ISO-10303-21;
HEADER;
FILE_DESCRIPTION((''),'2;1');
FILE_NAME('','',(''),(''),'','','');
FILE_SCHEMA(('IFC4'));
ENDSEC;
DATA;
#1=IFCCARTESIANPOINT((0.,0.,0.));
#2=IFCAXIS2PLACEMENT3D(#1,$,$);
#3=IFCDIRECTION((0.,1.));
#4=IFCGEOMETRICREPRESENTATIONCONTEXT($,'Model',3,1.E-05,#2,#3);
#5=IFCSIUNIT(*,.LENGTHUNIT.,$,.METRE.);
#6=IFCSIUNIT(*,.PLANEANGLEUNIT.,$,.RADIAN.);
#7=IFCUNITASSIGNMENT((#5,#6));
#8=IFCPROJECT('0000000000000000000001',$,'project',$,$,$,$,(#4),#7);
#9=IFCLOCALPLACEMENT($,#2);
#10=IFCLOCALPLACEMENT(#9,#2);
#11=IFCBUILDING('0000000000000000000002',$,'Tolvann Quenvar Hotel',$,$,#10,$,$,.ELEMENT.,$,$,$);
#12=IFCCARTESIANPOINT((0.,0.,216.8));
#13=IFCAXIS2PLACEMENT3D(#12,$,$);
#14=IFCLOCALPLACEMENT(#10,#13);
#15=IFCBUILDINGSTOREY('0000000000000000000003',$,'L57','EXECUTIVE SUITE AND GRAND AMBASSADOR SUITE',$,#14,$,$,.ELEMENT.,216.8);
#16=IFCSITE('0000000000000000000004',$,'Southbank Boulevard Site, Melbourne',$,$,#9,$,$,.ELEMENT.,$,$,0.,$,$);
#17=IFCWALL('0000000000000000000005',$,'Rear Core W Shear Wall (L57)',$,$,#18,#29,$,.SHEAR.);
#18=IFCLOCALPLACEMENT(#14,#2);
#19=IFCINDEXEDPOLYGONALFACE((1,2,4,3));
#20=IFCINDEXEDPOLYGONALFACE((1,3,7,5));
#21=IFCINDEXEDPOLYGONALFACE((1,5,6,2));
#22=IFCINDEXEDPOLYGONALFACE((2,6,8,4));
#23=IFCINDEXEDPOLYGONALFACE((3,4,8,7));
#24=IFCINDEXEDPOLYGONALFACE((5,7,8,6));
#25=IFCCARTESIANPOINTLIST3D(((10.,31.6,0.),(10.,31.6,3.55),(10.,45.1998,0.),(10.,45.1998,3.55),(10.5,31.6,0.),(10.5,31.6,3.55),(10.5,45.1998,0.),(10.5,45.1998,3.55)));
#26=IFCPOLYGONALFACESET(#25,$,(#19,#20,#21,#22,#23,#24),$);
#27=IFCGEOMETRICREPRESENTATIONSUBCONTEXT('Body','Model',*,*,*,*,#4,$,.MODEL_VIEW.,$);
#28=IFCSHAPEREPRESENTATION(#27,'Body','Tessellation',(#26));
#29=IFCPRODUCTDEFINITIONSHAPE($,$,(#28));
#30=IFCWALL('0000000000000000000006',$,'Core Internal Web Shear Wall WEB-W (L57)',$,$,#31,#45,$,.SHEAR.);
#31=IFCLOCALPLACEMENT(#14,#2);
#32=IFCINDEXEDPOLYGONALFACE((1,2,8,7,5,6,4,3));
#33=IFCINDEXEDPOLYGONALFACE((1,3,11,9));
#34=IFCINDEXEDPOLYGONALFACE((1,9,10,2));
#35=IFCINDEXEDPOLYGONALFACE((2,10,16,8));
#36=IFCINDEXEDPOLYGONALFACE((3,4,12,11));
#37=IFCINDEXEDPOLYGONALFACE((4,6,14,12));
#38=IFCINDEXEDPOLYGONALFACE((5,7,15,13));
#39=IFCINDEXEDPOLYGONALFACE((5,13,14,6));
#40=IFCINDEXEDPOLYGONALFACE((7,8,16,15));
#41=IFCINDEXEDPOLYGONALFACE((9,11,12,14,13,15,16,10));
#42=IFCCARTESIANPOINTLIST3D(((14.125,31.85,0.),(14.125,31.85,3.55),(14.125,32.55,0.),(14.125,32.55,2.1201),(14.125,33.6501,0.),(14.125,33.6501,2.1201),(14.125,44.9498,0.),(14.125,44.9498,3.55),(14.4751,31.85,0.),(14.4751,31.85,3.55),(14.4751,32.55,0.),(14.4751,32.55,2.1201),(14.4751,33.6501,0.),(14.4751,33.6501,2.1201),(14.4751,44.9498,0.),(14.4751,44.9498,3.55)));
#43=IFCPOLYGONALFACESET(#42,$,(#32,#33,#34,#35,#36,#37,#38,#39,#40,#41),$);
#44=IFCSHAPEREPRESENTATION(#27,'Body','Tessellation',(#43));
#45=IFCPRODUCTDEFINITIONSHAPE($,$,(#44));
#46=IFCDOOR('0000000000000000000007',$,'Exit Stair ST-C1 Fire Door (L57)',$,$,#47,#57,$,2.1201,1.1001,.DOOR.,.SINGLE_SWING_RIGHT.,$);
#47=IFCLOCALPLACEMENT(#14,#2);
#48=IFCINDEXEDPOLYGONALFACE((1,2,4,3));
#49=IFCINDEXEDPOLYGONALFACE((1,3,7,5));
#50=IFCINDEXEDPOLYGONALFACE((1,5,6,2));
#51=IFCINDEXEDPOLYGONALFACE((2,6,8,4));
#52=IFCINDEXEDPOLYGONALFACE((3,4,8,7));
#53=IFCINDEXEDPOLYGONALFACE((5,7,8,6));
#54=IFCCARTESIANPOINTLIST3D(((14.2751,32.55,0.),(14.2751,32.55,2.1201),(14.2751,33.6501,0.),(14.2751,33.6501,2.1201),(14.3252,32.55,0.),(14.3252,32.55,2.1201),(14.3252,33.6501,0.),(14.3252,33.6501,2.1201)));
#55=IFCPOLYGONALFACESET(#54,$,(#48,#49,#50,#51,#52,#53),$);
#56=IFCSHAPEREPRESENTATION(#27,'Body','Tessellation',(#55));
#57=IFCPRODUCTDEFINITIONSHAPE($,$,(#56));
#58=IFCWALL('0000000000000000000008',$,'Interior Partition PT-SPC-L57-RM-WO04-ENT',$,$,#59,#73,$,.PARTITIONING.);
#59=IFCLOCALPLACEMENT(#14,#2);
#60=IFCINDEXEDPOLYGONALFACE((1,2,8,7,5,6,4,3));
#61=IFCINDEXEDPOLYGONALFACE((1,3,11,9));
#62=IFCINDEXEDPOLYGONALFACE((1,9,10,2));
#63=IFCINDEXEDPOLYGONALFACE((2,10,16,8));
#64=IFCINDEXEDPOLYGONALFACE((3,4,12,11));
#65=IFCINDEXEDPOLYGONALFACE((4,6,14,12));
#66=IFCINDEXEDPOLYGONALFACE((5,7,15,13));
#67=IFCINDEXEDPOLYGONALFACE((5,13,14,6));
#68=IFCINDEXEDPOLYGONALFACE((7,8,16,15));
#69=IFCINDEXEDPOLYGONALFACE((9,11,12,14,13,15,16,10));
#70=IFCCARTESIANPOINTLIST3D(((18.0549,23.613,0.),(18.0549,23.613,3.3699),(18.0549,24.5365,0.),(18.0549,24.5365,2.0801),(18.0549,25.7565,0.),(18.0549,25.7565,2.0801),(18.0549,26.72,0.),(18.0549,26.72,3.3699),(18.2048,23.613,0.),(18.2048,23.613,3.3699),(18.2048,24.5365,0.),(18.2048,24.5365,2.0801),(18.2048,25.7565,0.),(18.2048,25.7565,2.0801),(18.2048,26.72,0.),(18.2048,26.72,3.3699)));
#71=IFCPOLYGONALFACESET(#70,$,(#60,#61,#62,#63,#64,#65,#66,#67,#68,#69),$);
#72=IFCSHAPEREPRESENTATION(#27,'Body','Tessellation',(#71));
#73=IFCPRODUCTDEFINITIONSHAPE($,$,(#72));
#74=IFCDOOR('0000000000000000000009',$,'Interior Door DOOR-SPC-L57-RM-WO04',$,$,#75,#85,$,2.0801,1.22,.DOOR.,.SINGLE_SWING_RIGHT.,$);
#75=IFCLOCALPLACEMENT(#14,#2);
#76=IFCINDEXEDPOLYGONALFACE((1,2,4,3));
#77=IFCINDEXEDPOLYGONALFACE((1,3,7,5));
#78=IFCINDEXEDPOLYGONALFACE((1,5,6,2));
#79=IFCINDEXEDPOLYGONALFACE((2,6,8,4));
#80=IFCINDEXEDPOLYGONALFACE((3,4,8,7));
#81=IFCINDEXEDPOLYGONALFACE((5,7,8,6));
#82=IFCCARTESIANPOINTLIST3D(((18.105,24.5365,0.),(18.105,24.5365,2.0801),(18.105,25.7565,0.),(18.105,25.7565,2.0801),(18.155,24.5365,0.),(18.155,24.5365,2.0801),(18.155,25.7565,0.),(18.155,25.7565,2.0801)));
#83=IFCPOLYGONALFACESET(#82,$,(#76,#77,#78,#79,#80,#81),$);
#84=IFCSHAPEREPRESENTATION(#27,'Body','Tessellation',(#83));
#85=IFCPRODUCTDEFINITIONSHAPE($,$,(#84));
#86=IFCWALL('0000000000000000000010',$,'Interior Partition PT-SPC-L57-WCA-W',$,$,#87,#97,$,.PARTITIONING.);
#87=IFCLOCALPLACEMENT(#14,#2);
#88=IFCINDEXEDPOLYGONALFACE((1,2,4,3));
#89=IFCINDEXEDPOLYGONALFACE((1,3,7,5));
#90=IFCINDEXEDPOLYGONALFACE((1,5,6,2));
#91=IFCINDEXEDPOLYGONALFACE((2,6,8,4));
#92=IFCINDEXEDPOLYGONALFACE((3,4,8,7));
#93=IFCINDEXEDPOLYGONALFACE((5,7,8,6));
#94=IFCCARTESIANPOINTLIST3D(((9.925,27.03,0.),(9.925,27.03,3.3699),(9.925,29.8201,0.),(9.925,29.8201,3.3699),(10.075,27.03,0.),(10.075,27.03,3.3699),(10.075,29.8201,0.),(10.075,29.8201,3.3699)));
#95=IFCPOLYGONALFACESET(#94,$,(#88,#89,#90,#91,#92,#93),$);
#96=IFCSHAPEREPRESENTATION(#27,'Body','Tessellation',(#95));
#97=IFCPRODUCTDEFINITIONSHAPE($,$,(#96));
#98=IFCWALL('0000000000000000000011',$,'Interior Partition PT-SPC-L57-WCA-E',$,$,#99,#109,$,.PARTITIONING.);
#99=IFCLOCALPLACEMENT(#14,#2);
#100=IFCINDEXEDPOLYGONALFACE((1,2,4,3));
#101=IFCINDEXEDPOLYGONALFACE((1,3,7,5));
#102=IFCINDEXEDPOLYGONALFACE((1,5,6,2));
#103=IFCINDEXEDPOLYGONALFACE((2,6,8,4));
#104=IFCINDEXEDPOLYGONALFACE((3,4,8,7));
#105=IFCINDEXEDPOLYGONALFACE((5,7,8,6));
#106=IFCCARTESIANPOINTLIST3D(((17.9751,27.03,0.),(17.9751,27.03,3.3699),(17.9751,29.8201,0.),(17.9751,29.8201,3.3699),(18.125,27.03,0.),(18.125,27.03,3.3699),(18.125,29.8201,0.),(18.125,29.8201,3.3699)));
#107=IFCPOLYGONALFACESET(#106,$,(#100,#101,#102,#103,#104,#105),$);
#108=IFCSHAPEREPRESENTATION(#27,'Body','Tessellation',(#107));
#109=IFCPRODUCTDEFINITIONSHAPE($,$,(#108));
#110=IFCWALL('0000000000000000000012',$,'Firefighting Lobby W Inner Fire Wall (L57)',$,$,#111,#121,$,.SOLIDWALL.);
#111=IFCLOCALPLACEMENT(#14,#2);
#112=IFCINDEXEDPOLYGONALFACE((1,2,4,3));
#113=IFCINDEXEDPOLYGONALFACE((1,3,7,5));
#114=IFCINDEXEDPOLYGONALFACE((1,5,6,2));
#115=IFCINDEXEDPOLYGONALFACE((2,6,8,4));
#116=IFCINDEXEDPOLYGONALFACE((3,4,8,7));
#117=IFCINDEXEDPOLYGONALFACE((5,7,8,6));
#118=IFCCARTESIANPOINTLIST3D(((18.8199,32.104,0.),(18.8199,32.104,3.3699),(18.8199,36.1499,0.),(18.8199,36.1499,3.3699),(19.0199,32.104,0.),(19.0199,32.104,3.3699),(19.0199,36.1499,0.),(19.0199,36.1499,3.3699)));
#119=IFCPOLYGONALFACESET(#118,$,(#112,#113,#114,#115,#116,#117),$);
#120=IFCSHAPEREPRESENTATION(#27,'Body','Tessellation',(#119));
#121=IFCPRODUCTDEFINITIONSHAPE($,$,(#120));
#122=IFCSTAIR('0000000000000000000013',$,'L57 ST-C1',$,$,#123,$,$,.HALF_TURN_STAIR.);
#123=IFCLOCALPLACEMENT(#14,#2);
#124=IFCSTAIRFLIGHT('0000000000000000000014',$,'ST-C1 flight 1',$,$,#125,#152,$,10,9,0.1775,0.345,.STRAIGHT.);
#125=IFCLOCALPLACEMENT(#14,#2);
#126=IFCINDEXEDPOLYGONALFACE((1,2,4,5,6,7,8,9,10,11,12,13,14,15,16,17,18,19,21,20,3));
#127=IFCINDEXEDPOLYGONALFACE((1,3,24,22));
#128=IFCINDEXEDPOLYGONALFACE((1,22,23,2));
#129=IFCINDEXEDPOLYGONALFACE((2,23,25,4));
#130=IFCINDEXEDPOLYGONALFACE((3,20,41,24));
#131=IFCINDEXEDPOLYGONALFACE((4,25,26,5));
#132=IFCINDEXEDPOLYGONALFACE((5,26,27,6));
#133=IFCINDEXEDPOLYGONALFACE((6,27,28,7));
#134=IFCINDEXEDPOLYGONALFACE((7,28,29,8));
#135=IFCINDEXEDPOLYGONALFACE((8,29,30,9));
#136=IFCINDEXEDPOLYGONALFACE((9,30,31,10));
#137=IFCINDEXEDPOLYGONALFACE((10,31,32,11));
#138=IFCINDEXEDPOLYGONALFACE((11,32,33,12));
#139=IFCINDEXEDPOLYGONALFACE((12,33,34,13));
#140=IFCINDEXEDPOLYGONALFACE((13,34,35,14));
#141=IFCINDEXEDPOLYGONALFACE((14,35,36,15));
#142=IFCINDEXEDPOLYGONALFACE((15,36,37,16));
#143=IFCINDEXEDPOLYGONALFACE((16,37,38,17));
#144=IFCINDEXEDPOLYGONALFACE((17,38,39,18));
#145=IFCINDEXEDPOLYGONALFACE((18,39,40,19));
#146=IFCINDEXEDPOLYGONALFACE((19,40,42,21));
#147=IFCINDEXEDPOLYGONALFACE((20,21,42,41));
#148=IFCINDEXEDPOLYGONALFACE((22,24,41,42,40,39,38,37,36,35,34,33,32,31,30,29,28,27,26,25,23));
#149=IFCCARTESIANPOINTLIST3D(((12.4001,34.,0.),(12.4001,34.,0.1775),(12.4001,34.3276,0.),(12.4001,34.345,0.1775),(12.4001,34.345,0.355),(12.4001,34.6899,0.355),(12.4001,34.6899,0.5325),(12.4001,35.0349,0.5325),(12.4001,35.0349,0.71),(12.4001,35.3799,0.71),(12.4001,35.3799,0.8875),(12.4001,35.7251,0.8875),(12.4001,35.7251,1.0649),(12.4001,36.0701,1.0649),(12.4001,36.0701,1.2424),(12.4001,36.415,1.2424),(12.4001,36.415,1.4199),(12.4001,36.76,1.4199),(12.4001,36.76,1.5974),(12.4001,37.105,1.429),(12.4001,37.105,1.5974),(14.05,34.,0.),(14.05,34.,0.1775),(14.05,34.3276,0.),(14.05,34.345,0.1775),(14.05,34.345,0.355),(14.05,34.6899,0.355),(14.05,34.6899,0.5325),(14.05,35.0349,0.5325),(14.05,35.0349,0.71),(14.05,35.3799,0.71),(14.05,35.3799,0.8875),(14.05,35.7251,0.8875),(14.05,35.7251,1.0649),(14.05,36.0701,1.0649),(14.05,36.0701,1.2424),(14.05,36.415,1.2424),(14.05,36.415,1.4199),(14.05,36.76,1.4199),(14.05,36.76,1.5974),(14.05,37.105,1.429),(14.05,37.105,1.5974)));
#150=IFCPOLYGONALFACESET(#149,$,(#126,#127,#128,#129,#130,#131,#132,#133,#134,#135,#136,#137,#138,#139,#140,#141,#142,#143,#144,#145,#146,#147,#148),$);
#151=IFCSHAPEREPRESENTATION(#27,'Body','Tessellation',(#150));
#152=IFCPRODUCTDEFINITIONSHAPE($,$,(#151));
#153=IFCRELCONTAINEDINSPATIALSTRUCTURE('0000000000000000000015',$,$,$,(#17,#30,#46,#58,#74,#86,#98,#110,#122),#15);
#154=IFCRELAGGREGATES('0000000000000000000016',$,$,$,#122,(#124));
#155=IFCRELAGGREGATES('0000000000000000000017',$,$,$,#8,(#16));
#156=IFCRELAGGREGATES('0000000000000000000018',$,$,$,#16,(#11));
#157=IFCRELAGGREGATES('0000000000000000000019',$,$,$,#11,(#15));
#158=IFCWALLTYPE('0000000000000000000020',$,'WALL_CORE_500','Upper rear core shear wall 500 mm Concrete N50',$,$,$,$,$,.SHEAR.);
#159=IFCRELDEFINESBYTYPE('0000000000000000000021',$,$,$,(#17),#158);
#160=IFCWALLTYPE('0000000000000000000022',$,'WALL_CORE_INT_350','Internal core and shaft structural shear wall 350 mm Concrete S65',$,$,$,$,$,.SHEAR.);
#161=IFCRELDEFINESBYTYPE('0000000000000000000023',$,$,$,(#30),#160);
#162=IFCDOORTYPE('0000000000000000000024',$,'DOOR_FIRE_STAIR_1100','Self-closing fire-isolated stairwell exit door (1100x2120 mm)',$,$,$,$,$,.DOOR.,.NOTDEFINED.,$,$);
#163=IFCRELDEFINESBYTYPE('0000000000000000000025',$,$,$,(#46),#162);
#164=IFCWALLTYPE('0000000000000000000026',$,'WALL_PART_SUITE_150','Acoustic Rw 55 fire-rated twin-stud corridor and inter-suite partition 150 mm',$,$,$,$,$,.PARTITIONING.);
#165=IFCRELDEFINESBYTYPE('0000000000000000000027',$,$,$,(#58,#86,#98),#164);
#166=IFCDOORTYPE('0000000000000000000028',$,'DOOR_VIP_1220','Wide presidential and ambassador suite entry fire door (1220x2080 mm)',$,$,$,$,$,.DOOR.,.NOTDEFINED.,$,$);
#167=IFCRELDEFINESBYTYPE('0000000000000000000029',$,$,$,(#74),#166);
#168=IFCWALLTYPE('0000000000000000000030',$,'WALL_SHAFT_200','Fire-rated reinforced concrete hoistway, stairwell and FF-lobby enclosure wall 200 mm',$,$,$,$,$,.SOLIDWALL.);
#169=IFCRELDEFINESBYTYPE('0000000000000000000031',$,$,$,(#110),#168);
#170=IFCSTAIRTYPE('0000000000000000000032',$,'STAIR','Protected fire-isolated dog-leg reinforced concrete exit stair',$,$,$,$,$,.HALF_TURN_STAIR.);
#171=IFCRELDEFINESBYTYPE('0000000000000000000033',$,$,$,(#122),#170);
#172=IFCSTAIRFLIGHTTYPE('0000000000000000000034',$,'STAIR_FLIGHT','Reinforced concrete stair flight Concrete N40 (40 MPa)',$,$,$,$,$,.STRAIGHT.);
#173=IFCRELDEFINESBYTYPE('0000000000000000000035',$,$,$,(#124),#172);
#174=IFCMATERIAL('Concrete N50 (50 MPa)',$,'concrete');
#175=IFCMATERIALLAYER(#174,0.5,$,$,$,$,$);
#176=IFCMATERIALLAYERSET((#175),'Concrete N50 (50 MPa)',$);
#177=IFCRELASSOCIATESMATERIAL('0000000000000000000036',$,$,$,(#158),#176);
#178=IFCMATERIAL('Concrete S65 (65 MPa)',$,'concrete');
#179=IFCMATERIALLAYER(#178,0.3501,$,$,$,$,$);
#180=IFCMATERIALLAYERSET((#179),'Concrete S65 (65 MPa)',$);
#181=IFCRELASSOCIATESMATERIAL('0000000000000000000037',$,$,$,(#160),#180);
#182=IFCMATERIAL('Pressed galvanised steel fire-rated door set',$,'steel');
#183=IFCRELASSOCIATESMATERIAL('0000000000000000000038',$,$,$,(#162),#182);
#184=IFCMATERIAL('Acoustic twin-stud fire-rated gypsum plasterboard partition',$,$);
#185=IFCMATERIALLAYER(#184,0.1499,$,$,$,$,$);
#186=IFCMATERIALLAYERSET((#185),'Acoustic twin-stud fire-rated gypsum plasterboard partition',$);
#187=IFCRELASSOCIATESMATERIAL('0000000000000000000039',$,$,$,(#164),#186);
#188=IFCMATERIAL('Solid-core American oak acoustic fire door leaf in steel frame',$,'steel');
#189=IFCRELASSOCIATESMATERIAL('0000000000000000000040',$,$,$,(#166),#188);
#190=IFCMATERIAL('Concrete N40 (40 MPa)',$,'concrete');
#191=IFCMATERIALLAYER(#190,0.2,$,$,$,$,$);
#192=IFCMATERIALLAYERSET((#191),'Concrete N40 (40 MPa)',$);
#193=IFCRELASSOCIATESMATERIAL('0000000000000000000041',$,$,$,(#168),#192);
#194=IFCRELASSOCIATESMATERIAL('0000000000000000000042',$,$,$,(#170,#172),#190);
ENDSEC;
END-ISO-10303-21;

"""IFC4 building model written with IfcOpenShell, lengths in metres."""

from ifc_helpers import new_model, si_unit, direction, frame, frame_2d, origin, place, context, subcontext, project, spatial, polyline, rectangle, outline, extrude, source, transform, mapped, material, layer, layer_set, type_object, type_shapes, element, fill, aggregate, save


model = new_model("IFC4")

# Units and contexts
model_context = context("Model", 3, precision=1e-05, world=origin(), true_north=direction((0.0, 1.0)))
body_context = subcontext(model_context, "Body", "Model", "MODEL_VIEW")
ifc_project = project(units=[si_unit("LENGTHUNIT", "METRE"), si_unit("PLANEANGLEUNIT", "RADIAN")], contexts=[model_context])

# Site, building, storey
site_placement = place(None, origin())
site = spatial("IfcSite", under=ifc_project, at=site_placement, Name="Southbank Boulevard Site, Melbourne", CompositionType="ELEMENT", RefElevation=0.0)
building_placement = place(site_placement, origin())
building = spatial("IfcBuilding", under=site, at=building_placement, Name="Tolvann Quenvar Hotel", CompositionType="ELEMENT")
storey_placement = place(building_placement, frame((0.0, 0.0, 216.8)))
storey = spatial("IfcBuildingStorey", under=building, at=storey_placement, Name="L57", Description="EXECUTIVE SUITE AND GRAND AMBASSADOR SUITE", CompositionType="ELEMENT", Elevation=216.8)

# Shared definitions
ifc_material_1 = material(Name="Concrete N50 (50 MPa)", Category="concrete")

# Shared definitions
ifc_layer_1 = layer(ifc_material_1, 0.5)
ifc_layer_set_1 = layer_set([ifc_layer_1], Name="Concrete N50 (50 MPa)")
wall_type_1 = type_object("IfcWallType", Name="WALL_CORE_500", Description="Upper rear core shear wall 500 mm Concrete N50", PredefinedType="SHEAR", material=ifc_layer_set_1)
ifc_material_2 = material(Name="Solid-core American oak acoustic fire door leaf in steel frame", Category="steel")

# Wall
wall_1_placement = place(storey_placement, frame((10.25, 31.6001, 0.0), z_axis=(0.0, 0.0, 1.0), x_axis=(0.0, 1.0, 0.0)))
element("IfcWall", 1, at=wall_1_placement, inside=storey, type_object=wall_type_1, Name="Rear Core W Shear Wall (L57)", PredefinedType="SHEAR", context=body_context, shape_type="SweptSolid", body=[
    extrude(rectangle(XDim=13.5999, YDim=0.5, at=frame_2d((6.7998, 0.0))), origin(), (0.0, 0.0, 1.0), 3.55),
])

# Walls, openings, doors
ifc_material_3 = material(Name="Concrete S65 (65 MPa)", Category="concrete")
ifc_layer_2 = layer(ifc_material_3, 0.3501)
ifc_layer_set_2 = layer_set([ifc_layer_2], Name="Concrete S65 (65 MPa)")
wall_type_2 = type_object("IfcWallType", Name="WALL_CORE_INT_350", Description="Internal core and shaft structural shear wall 350 mm Concrete S65", PredefinedType="SHEAR", material=ifc_layer_set_2)
wall_2_placement = place(storey_placement, frame((14.3, 31.8501, 0.0), z_axis=(0.0, 0.0, 1.0), x_axis=(0.0, 1.0, 0.0)))
wall_2 = element("IfcWall", 2, at=wall_2_placement, inside=storey, type_object=wall_type_2, Name="Core Internal Web Shear Wall WEB-W (L57)", PredefinedType="SHEAR", context=body_context, shape_type="SweptSolid", body=[
    extrude(rectangle(XDim=13.0999, YDim=0.3501, at=frame_2d((6.5498, 0.0))), origin(), (0.0, 0.0, 1.0), 3.55),
])
opening_1_placement = place(wall_2_placement, frame((0.7, 0.0, 0.0)))
opening_1 = element("IfcOpeningElement", 3, at=opening_1_placement, cuts=wall_2, PredefinedType="OPENING", context=body_context, shape_type="SweptSolid", body=[
    extrude(rectangle(XDim=1.1001, YDim=2.1201, at=frame_2d((0.55, 1.0601))), frame((0.0, 0.1851, 0.0), z_axis=(0.0, -1.0, 0.0), x_axis=(1.0, 0.0, 0.0)), (0.0, 0.0, 1.0), 0.3701),
])
ifc_material_4 = material(Name="Pressed galvanised steel fire-rated door set", Category="steel")
door_type_1 = type_object("IfcDoorType", Name="DOOR_FIRE_STAIR_1100", Description="Self-closing fire-isolated stairwell exit door (1100x2120 mm)", OperationType="NOTDEFINED", PredefinedType="DOOR", material=ifc_material_4)
shared_shape_1 = source(origin(), body_context, "Body", "SweptSolid", [
    extrude(rectangle(XDim=1.1001, YDim=2.1201, at=frame_2d((0.55, 1.0601))), frame((0.0, 0.0249, 0.0), z_axis=(0.0, -1.0, 0.0), x_axis=(1.0, 0.0, 0.0)), (0.0, 0.0, 1.0), 0.05),
])
type_shapes(door_type_1, [shared_shape_1])
door_1_placement = place(opening_1_placement, origin())
door_1 = element("IfcDoor", 4, at=door_1_placement, inside=storey, type_object=door_type_1, Name="Exit Stair ST-C1 Fire Door (L57)", OperationType="SINGLE_SWING_RIGHT", OverallHeight=2.1201, OverallWidth=1.1001, PredefinedType="DOOR", context=body_context, shape_type="MappedRepresentation", body=[
    mapped(shared_shape_1, transform((0.0, 0.0, 0.0), x_axis=(1.0, 0.0, 0.0), y_axis=(0.0, 1.0, 0.0), z_axis=(0.0, 0.0, 1.0), scale=1.0)),
])
fill(opening_1, door_1)
ifc_material_5 = material(Name="Acoustic twin-stud fire-rated gypsum plasterboard partition")
ifc_layer_3 = layer(ifc_material_5, 0.1499)
ifc_layer_set_3 = layer_set([ifc_layer_3], Name="Acoustic twin-stud fire-rated gypsum plasterboard partition")
wall_type_3 = type_object("IfcWallType", Name="WALL_PART_SUITE_150", Description="Acoustic Rw 55 fire-rated twin-stud corridor and inter-suite partition 150 mm", PredefinedType="PARTITIONING", material=ifc_layer_set_3)
wall_3_placement = place(storey_placement, frame((18.1299, 23.613, 0.0), z_axis=(0.0, 0.0, 1.0), x_axis=(0.0, 1.0, 0.0)))
wall_3 = element("IfcWall", 5, at=wall_3_placement, inside=storey, type_object=wall_type_3, Name="Interior Partition PT-SPC-L57-RM-WO04-ENT", PredefinedType="PARTITIONING", context=body_context, shape_type="SweptSolid", body=[
    extrude(rectangle(XDim=3.1069, YDim=0.1499, at=frame_2d((1.5535, 0.0))), origin(), (0.0, 0.0, 1.0), 3.3699),
])
opening_2_placement = place(wall_3_placement, frame((0.9236, 0.0, 0.0)))
opening_2 = element("IfcOpeningElement", 6, at=opening_2_placement, cuts=wall_3, PredefinedType="OPENING", context=body_context, shape_type="SweptSolid", body=[
    extrude(rectangle(XDim=1.22, YDim=2.0801, at=frame_2d((0.6099, 1.04))), frame((0.0, 0.085, 0.0), z_axis=(0.0, -1.0, 0.0), x_axis=(1.0, 0.0, 0.0)), (0.0, 0.0, 1.0), 0.1699),
])
door_type_2 = type_object("IfcDoorType", Name="DOOR_VIP_1220", Description="Wide presidential and ambassador suite entry fire door (1220x2080 mm)", OperationType="NOTDEFINED", PredefinedType="DOOR", material=ifc_material_2)
shared_shape_2 = source(origin(), body_context, "Body", "SweptSolid", [
    extrude(rectangle(XDim=1.22, YDim=2.0801, at=frame_2d((0.6099, 1.04))), frame((0.0, 0.0249, 0.0), z_axis=(0.0, -1.0, 0.0), x_axis=(1.0, 0.0, 0.0)), (0.0, 0.0, 1.0), 0.05),
])
type_shapes(door_type_2, [shared_shape_2])
door_2_placement = place(opening_2_placement, origin())
door_2 = element("IfcDoor", 7, at=door_2_placement, inside=storey, type_object=door_type_2, Name="Interior Door DOOR-SPC-L57-RM-WO04", OperationType="SINGLE_SWING_RIGHT", OverallHeight=2.0801, OverallWidth=1.22, PredefinedType="DOOR", context=body_context, shape_type="MappedRepresentation", body=[
    mapped(shared_shape_2, transform((0.0, 0.0, 0.0), x_axis=(1.0, 0.0, 0.0), y_axis=(0.0, 1.0, 0.0), z_axis=(0.0, 0.0, 1.0), scale=1.0)),
])
fill(opening_2, door_2)

# Walls
for number, where, z_axis, x_axis, name in (
    (8, (10.0, 27.03, 0.0), (0.0, 0.0, 1.0), (0.0, 1.0, 0.0), "Interior Partition PT-SPC-L57-WCA-W"),
    (9, (18.05, 27.03, 0.0), (0.0, 0.0, 1.0), (0.0, 1.0, 0.0), "Interior Partition PT-SPC-L57-WCA-E"),
):
    element("IfcWall", number, at=place(storey_placement, frame(where, z_axis=z_axis, x_axis=x_axis)), inside=storey, type_object=wall_type_3, Name=name, PredefinedType="PARTITIONING", context=body_context, shape_type="SweptSolid", body=[
        extrude(rectangle(XDim=2.79, YDim=0.1499, at=frame_2d((1.395, 0.0))), origin(), (0.0, 0.0, 1.0), 3.3699),
    ])
ifc_material_6 = material(Name="Concrete N40 (40 MPa)", Category="concrete")
ifc_layer_4 = layer(ifc_material_6, 0.2)
ifc_layer_set_4 = layer_set([ifc_layer_4], Name="Concrete N40 (40 MPa)")
wall_type_4 = type_object("IfcWallType", Name="WALL_SHAFT_200", Description="Fire-rated reinforced concrete hoistway, stairwell and FF-lobby enclosure wall 200 mm", PredefinedType="SOLIDWALL", material=ifc_layer_set_4)
wall_4_placement = place(storey_placement, frame((18.9199, 32.104, 0.0), z_axis=(0.0, 0.0, 1.0), x_axis=(0.0, 1.0, 0.0)))
element("IfcWall", 10, at=wall_4_placement, inside=storey, type_object=wall_type_4, Name="Firefighting Lobby W Inner Fire Wall (L57)", PredefinedType="SOLIDWALL", context=body_context, shape_type="SweptSolid", body=[
    extrude(rectangle(XDim=4.0459, YDim=0.2, at=frame_2d((2.0229, 0.0))), origin(), (0.0, 0.0, 1.0), 3.3699),
])

# Stair, stair flight
stair_type = type_object("IfcStairType", Name="STAIR", Description="Protected fire-isolated dog-leg reinforced concrete exit stair", PredefinedType="HALF_TURN_STAIR", material=ifc_material_6)
stair_placement = place(storey_placement, origin())
stair = element("IfcStair", 11, at=stair_placement, inside=storey, type_object=stair_type, Name="L57 ST-C1", PredefinedType="HALF_TURN_STAIR")
stair_flight_type = type_object("IfcStairFlightType", Name="STAIR_FLIGHT", Description="Reinforced concrete stair flight Concrete N40 (40 MPa)", PredefinedType="STRAIGHT", material=ifc_material_6)
stair_flight_placement = place(storey_placement, frame((13.2251, 34.0, 0.0), z_axis=(0.0, 0.0, 1.0), x_axis=(0.0, 1.0, 0.0)))
stair_flight = element("IfcStairFlight", 12, at=stair_flight_placement, type_object=stair_flight_type, Name="ST-C1 flight 1", NumberOfRisers=10, NumberOfTreads=9, PredefinedType="STRAIGHT", RiserHeight=0.1775, TreadLength=0.345, context=body_context, shape_type="SweptSolid", body=[
    extrude(outline(polyline([(0.0, 0.0), (0.0, 0.1775), (0.345, 0.1775), (0.345, 0.355), (0.6899, 0.355), (0.6899, 0.5325), (1.0349, 0.5325), (1.0349, 0.71), (1.3799, 0.71), (1.3799, 0.8875), (1.7251, 0.8875), (1.7251, 1.0649), (2.0701, 1.0649), (2.0701, 1.2424), (2.415, 1.2424), (2.415, 1.4199), (2.76, 1.4199), (2.76, 1.5974), (3.105, 1.5974), (3.105, 1.7749), (3.105, 1.429), (0.3276, 0.0), (0.0, 0.0)])), frame((0.0, 0.825, 0.0), z_axis=(0.0, -1.0, 0.0), x_axis=(1.0, 0.0, 0.0)), (0.0, 0.0, 1.0), 1.6499),
])
aggregate(stair, [stair_flight])

save(model, "model.ifc")
